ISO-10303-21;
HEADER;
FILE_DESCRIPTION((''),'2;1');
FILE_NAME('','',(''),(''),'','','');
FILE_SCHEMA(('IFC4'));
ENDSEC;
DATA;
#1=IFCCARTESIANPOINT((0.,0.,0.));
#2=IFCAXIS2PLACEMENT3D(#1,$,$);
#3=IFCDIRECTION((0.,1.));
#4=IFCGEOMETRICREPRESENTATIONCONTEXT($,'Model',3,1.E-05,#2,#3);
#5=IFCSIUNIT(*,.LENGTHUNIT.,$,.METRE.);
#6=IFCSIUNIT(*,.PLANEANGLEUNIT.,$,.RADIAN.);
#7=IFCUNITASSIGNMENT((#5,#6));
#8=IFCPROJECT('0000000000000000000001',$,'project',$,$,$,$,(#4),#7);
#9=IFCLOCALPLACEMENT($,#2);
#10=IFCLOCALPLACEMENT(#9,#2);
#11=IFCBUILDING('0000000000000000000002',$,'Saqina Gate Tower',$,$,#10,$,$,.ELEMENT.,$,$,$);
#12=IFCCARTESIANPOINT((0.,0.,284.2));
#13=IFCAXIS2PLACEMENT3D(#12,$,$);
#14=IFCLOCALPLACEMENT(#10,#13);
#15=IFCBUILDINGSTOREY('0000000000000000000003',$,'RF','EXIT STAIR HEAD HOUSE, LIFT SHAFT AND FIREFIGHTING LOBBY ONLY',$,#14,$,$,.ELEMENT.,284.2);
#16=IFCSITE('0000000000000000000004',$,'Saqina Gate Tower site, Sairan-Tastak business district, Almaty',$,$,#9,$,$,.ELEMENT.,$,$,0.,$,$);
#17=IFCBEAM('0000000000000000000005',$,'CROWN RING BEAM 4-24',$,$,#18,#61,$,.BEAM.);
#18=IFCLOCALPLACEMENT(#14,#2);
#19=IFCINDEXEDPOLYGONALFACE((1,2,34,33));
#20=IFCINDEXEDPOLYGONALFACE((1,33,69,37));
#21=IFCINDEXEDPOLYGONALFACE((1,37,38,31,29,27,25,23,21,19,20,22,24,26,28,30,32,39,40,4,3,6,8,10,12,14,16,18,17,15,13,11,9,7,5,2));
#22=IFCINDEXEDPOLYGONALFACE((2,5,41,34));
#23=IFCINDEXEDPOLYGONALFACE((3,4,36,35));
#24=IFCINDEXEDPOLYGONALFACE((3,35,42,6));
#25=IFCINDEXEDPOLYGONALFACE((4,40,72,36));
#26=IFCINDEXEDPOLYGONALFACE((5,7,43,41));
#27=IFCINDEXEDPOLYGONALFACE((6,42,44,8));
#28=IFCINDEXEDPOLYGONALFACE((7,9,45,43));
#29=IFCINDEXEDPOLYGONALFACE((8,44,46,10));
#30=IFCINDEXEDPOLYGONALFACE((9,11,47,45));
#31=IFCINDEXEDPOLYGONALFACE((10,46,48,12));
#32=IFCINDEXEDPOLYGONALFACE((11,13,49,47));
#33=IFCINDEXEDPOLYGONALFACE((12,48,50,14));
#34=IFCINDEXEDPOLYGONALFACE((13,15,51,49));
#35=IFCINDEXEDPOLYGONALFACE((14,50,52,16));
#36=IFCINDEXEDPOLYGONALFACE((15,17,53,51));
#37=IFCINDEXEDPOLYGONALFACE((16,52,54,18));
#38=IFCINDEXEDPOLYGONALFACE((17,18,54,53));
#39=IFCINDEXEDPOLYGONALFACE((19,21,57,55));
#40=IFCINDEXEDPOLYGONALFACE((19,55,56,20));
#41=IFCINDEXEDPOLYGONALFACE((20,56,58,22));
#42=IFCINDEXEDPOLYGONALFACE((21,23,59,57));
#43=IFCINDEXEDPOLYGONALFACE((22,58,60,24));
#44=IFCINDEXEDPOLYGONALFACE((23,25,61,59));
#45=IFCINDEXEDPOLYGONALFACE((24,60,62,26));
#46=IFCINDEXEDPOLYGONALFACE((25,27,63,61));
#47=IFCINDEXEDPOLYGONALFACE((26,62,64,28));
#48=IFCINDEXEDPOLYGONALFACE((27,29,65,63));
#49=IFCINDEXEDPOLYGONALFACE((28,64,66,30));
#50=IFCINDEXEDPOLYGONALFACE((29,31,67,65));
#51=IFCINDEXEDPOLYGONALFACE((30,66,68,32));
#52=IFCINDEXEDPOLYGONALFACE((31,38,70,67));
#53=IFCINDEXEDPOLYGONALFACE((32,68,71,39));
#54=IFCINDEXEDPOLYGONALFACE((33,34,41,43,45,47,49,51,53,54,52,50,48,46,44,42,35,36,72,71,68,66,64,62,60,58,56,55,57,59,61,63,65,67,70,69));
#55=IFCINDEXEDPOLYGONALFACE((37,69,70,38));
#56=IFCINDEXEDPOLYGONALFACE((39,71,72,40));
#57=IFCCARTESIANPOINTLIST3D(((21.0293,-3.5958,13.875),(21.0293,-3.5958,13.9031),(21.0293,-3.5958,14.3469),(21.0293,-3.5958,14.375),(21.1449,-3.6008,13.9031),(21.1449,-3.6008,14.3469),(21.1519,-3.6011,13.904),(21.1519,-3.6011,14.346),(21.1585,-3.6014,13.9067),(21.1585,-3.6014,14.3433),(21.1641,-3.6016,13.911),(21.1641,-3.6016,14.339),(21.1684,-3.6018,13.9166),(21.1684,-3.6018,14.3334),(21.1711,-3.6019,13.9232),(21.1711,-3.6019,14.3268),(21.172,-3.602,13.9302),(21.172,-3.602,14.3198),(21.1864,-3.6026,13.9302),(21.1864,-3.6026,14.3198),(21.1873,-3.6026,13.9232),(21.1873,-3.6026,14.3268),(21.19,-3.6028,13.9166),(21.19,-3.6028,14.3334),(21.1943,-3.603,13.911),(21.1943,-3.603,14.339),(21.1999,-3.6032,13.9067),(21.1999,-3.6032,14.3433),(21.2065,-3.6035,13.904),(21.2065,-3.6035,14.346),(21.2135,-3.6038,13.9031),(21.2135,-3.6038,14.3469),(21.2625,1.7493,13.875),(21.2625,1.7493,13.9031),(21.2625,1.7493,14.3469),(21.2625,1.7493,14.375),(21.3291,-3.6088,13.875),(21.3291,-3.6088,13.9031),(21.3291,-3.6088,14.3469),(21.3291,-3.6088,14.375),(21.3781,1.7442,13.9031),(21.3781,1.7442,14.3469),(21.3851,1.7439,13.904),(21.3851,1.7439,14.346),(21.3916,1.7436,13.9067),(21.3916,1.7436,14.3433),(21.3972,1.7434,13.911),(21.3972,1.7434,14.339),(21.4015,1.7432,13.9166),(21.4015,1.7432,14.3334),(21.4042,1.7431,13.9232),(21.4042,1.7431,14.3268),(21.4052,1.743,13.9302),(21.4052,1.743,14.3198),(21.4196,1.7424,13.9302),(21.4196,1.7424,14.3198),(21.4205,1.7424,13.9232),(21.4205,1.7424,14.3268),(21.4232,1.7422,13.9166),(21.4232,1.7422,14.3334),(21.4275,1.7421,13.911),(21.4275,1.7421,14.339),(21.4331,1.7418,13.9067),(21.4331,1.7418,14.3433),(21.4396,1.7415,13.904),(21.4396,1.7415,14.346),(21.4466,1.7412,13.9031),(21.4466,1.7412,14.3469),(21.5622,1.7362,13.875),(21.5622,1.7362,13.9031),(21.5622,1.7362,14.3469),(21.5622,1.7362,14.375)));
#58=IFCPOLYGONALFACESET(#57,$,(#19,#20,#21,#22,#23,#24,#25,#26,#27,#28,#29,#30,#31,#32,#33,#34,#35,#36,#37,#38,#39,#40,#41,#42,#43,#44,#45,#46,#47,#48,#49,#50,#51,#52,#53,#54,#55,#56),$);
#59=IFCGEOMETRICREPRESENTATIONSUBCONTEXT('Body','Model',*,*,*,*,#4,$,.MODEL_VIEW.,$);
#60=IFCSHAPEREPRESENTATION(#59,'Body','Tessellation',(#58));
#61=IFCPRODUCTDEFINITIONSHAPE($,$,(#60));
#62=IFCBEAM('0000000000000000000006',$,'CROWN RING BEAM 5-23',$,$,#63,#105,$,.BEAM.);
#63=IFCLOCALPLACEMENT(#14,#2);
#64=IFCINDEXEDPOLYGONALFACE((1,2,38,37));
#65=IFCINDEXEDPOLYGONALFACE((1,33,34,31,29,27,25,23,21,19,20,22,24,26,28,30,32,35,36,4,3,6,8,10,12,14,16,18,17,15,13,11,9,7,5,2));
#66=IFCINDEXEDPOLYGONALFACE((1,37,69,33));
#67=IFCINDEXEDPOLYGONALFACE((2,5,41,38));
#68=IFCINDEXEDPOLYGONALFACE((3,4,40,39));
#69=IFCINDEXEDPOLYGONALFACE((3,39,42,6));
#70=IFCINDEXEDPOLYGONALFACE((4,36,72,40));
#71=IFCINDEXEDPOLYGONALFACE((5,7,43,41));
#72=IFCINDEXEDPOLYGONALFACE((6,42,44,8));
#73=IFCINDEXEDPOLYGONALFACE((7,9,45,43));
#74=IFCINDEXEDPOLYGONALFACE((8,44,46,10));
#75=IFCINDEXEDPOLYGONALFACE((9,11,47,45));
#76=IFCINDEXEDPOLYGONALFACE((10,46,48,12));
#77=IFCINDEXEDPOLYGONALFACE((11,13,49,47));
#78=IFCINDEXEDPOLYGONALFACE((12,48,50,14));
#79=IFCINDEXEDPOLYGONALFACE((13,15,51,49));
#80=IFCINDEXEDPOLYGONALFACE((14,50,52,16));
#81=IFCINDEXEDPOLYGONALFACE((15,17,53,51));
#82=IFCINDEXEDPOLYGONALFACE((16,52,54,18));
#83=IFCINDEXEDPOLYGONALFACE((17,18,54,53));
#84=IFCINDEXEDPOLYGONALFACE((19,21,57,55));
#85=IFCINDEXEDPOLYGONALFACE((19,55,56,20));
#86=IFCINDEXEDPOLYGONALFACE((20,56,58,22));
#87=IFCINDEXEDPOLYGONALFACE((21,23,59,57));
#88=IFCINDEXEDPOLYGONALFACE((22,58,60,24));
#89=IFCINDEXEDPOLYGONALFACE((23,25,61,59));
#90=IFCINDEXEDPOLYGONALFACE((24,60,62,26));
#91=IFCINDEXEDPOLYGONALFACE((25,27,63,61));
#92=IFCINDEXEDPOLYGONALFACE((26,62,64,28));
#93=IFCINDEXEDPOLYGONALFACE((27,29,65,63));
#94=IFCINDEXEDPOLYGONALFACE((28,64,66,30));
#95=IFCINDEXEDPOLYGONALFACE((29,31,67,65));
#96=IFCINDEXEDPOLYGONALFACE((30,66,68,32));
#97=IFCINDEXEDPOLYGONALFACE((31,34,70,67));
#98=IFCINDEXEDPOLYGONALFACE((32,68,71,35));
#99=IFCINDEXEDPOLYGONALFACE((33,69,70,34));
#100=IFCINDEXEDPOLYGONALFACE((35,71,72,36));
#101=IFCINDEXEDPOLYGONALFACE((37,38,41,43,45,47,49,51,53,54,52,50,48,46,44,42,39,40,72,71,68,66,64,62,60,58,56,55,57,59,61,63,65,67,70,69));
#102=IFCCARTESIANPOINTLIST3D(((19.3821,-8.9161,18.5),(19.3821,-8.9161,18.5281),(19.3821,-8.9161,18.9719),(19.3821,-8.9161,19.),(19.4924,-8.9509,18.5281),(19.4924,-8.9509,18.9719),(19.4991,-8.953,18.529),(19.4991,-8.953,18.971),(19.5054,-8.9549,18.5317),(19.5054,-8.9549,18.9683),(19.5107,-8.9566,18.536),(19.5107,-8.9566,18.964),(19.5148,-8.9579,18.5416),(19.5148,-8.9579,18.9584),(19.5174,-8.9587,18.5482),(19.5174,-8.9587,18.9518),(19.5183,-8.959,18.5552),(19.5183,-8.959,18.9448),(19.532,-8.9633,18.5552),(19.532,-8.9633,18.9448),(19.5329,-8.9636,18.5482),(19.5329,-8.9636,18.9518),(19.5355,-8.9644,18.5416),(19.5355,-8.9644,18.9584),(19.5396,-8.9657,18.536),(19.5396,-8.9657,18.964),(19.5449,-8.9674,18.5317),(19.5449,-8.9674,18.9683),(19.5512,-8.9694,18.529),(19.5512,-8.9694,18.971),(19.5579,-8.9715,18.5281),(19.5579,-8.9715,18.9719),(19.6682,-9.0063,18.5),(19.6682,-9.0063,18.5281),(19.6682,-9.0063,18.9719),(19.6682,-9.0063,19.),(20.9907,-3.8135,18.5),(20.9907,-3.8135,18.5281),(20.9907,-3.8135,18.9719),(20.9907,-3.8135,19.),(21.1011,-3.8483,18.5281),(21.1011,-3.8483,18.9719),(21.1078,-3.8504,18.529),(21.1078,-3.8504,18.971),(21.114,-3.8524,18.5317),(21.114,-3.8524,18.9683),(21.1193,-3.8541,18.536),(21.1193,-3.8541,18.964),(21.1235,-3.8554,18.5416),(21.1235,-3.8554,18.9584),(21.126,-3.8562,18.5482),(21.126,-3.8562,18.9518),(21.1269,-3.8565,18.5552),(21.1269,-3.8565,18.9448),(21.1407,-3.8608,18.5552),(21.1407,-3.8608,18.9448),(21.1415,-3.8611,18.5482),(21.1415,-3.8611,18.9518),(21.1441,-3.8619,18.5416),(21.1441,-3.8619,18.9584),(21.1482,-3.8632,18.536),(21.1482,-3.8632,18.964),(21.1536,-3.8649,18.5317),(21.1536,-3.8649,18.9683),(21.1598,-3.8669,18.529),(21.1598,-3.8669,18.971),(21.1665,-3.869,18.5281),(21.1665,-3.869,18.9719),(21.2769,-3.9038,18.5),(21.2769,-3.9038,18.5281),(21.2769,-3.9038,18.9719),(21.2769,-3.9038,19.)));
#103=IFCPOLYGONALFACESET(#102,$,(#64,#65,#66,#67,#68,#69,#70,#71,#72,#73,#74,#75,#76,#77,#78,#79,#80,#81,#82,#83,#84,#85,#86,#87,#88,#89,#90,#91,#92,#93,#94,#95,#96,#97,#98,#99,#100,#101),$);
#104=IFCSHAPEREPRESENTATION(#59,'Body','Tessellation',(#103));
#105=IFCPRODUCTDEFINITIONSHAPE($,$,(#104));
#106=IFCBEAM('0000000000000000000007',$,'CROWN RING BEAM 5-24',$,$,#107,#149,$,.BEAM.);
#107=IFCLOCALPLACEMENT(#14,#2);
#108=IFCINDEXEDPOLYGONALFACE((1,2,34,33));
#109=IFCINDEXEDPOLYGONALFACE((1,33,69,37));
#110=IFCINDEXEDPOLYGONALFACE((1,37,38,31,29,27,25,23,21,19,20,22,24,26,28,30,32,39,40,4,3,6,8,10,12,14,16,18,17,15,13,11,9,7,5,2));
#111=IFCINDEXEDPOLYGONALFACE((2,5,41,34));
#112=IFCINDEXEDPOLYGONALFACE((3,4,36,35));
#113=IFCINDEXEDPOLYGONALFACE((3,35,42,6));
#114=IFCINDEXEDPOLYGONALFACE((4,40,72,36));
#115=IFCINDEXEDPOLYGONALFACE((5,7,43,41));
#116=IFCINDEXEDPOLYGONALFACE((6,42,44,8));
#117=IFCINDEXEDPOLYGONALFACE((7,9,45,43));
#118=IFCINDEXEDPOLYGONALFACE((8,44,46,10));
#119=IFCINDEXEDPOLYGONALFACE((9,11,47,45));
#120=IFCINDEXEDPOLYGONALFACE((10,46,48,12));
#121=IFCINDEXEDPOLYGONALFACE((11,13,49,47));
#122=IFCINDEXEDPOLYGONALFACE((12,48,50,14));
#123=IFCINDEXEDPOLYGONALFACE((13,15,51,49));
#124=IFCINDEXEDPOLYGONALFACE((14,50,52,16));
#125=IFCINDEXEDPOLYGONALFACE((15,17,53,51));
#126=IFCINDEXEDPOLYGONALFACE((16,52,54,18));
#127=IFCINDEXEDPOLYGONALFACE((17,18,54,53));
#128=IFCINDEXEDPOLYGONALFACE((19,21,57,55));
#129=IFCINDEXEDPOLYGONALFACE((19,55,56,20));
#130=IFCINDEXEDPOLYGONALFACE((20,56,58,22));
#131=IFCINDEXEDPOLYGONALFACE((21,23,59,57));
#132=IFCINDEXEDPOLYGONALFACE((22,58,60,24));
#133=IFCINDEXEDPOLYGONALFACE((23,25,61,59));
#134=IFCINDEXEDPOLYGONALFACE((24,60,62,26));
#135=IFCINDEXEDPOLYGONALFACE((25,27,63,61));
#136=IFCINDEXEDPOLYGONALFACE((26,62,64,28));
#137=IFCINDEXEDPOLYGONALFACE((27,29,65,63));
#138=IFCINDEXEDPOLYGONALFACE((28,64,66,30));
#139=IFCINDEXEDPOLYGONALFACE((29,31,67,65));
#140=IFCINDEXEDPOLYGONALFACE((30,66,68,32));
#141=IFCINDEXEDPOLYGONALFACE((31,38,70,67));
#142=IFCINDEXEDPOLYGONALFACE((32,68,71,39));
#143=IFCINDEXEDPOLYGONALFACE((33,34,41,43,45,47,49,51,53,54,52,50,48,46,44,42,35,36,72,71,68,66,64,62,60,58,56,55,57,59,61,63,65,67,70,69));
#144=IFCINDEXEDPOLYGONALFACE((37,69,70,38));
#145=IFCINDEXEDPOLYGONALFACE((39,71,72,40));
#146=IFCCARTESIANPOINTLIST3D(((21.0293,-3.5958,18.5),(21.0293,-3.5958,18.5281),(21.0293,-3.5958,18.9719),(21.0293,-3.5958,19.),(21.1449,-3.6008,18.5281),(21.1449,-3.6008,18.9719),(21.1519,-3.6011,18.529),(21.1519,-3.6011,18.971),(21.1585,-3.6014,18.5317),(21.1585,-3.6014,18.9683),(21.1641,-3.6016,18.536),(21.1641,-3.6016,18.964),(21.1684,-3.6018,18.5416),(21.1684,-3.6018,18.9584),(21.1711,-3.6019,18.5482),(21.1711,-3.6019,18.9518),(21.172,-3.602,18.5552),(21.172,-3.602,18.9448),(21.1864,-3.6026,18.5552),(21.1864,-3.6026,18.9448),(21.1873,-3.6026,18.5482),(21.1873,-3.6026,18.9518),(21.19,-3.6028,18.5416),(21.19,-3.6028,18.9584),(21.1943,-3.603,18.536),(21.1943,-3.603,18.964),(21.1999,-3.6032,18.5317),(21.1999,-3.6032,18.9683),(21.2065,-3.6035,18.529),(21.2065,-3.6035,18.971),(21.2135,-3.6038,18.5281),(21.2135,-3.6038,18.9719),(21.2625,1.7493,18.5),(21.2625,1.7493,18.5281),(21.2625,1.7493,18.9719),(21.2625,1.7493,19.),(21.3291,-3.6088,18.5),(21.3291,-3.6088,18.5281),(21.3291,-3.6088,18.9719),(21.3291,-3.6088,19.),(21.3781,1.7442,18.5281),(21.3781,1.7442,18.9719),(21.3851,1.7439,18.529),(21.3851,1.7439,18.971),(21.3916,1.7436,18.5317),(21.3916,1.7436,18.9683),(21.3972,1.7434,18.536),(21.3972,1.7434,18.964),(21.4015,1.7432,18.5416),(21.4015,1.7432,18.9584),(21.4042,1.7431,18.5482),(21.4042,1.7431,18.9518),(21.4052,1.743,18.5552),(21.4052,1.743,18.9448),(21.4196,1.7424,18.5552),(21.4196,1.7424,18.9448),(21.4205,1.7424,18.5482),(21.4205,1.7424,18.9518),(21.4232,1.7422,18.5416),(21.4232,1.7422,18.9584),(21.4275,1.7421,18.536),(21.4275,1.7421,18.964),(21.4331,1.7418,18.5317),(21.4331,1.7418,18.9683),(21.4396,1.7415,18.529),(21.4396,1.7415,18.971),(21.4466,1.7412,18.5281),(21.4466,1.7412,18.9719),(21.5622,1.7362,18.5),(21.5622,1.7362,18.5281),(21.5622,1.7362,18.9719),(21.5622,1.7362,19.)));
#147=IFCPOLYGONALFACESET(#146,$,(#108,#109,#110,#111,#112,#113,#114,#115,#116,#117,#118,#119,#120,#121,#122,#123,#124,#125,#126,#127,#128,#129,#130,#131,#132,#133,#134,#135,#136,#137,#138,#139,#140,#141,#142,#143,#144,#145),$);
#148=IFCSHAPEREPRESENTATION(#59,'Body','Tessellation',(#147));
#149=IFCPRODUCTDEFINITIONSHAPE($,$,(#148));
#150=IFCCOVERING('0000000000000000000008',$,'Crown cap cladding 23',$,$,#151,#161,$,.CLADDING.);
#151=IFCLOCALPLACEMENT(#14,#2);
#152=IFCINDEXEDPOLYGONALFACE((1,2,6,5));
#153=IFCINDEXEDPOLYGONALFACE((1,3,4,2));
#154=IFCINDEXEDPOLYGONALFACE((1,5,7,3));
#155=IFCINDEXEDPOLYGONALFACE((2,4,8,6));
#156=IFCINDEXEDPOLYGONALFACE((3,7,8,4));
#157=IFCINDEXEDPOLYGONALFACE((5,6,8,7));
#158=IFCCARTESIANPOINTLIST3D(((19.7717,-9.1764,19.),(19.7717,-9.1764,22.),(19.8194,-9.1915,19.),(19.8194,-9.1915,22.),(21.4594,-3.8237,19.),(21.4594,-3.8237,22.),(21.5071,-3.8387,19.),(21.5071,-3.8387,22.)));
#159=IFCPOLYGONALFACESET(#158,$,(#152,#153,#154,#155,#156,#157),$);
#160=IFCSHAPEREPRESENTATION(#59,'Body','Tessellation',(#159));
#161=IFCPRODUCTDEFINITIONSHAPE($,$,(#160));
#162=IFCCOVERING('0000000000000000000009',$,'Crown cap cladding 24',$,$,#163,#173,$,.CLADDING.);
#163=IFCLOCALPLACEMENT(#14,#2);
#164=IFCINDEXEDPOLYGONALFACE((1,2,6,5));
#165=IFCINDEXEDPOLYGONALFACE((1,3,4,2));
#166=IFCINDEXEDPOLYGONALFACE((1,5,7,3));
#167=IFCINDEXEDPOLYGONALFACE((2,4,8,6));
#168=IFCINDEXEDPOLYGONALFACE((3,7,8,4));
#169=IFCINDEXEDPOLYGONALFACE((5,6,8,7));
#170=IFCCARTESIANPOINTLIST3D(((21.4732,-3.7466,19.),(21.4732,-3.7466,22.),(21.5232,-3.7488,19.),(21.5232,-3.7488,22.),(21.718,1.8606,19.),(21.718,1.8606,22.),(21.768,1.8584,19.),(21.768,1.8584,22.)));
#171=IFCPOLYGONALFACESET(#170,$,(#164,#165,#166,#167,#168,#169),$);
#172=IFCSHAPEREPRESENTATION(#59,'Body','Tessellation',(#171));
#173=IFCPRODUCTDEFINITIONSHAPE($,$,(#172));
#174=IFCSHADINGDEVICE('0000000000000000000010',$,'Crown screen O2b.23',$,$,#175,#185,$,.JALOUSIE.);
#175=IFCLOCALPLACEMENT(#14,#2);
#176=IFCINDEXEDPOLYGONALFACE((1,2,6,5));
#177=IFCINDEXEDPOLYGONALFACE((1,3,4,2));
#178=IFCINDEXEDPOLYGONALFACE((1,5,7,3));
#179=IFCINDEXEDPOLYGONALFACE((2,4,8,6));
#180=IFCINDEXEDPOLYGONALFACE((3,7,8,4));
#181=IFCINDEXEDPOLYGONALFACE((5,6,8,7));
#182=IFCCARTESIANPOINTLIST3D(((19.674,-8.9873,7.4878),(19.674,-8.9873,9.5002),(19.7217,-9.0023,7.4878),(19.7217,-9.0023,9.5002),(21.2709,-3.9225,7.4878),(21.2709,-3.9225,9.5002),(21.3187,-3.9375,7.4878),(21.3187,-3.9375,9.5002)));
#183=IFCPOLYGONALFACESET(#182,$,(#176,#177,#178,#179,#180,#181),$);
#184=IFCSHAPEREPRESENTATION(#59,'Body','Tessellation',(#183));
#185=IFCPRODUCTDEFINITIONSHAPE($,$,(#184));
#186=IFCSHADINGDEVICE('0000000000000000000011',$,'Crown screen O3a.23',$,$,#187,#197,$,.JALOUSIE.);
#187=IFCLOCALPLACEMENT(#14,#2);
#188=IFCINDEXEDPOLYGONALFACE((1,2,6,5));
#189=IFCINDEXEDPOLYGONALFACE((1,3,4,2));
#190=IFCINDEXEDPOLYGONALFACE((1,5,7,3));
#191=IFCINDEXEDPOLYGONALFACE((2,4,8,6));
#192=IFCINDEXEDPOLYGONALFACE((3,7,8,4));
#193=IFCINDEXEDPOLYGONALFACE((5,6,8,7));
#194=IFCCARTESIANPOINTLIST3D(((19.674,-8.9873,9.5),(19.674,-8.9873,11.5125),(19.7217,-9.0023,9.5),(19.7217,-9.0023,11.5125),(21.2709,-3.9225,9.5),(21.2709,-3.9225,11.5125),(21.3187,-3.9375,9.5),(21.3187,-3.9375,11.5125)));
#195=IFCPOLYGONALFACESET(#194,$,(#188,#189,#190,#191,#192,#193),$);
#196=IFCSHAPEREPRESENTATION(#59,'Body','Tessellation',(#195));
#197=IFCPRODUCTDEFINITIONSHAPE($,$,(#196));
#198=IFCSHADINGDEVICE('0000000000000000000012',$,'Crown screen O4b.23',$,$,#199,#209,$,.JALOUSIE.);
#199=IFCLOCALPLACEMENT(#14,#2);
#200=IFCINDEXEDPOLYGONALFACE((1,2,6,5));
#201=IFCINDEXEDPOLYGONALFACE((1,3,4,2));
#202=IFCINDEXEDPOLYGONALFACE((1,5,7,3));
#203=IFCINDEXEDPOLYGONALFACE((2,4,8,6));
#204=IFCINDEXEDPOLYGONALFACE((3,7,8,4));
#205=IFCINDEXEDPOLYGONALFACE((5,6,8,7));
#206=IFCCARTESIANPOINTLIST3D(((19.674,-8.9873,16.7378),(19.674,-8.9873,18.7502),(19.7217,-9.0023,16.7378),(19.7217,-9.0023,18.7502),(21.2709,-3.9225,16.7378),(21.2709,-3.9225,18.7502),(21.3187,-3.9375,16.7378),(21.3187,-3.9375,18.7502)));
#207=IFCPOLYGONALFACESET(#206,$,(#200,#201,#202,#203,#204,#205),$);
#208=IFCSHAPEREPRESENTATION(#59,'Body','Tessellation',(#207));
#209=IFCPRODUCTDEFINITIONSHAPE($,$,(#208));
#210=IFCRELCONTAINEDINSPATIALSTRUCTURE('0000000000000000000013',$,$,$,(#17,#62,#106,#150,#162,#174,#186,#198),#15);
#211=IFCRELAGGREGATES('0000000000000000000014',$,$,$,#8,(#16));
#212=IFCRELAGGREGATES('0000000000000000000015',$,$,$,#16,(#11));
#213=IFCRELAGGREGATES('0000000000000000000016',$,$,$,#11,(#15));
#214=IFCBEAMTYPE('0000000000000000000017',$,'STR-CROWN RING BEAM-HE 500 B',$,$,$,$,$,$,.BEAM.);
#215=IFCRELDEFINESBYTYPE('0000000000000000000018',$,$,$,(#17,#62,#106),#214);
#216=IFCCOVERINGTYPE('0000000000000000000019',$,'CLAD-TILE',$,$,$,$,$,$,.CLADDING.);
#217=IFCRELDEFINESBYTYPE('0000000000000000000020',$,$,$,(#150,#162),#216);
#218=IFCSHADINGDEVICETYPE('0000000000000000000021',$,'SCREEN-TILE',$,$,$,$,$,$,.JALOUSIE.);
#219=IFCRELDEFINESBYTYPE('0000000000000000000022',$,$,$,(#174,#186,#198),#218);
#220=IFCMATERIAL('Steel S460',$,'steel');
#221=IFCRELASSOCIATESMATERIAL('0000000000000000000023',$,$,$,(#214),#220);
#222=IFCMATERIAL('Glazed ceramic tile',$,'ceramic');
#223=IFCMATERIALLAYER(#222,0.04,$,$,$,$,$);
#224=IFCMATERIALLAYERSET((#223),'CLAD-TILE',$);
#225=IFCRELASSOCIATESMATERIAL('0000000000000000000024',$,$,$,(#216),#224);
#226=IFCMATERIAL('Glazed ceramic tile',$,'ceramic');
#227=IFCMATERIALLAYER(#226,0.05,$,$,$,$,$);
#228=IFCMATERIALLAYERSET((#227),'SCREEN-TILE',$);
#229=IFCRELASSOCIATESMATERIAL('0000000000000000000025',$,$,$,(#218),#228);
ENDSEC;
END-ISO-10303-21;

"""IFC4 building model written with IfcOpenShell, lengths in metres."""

from ifc_helpers import new_model, si_unit, direction, frame, origin, origin_2d, place, context, subcontext, project, spatial, rectangle, i_section, extrude, material, layer, layer_set, material_profile, profile_set, type_object, element, save


model = new_model("IFC4")

# Units and contexts
model_context = context("Model", 3, precision=1e-05, world=origin(), true_north=direction((0.0, 1.0)))
body_context = subcontext(model_context, "Body", "Model", "MODEL_VIEW")
ifc_project = project(units=[si_unit("LENGTHUNIT", "METRE"), si_unit("PLANEANGLEUNIT", "RADIAN")], contexts=[model_context])

# Site, building, storey
site_placement = place(None, origin())
site = spatial("IfcSite", under=ifc_project, at=site_placement, Name="Saqina Gate Tower site, Sairan-Tastak business district, Almaty", CompositionType="ELEMENT", RefElevation=0.0)
building_placement = place(site_placement, origin())
building = spatial("IfcBuilding", under=site, at=building_placement, Name="Saqina Gate Tower", CompositionType="ELEMENT")
storey_placement = place(building_placement, frame((0.0, 0.0, 284.2)))
storey = spatial("IfcBuildingStorey", under=building, at=storey_placement, Name="RF", Description="EXIT STAIR HEAD HOUSE, LIFT SHAFT AND FIREFIGHTING LOBBY ONLY", CompositionType="ELEMENT", Elevation=284.2)

# Beams
ifc_material_1 = material(Name="Steel S460", Category="steel")
ifc_material_profile_1 = material_profile(ifc_material_1, i_section(OverallWidth=0.3, OverallDepth=0.5, WebThickness=0.0144, FlangeThickness=0.0281, FilletRadius=0.0271, at=origin_2d()), Name="HE 500 B")
ifc_profile_set_1 = profile_set([ifc_material_profile_1], Name="Steel S460")
beam_type_1 = type_object("IfcBeamType", Name="STR-CROWN RING BEAM-HE 500 B", PredefinedType="BEAM", material=ifc_profile_set_1)
for number, where, z_axis, x_axis, name in (
    (1, (21.1792, -3.6023, 14.125), (0.04358, 0.99905, 0.0), (-0.99905, 0.04358, 0.0), "CROWN RING BEAM 4-24"),
    (2, (19.5251, -8.9612, 18.75), (0.300675, 0.953727, 0.0), (-0.953727, 0.300675, 0.0), "CROWN RING BEAM 5-23"),
    (3, (21.1792, -3.6023, 18.75), (0.04358, 0.99905, 0.0), (-0.99905, 0.04358, 0.0), "CROWN RING BEAM 5-24"),
):
    element("IfcBeam", number, at=place(storey_placement, frame(where, z_axis=z_axis, x_axis=x_axis)), inside=storey, type_object=beam_type_1, Name=name, PredefinedType="BEAM", context=body_context, shape_type="SweptSolid", body=[
        extrude(i_section(OverallWidth=0.3, OverallDepth=0.5, WebThickness=0.0144, FlangeThickness=0.0281, FilletRadius=0.0271, at=origin_2d()), origin(), (0.0, 0.0, 1.0), 5.3501),
    ])

# Coverings
ifc_material_2 = material(Name="Glazed ceramic tile", Category="ceramic")
ifc_layer_1 = layer(ifc_material_2, 0.04)
ifc_layer_set_1 = layer_set([ifc_layer_1], Name="CLAD-TILE")
covering_type = type_object("IfcCoveringType", Name="CLAD-TILE", PredefinedType="CLADDING", material=ifc_layer_set_1)
for number, where, z_axis, x_axis, name in (
    (4, (20.6394, -6.5076, 19.0), (0.0, 0.0, 1.0), (0.300706, 0.953717, 0.0), "Crown cap cladding 23"),
    (5, (21.6206, -0.9441, 19.0), (0.0, 0.0, 1.0), (0.043619, 0.999048, 0.0), "Crown cap cladding 24"),
):
    element("IfcCovering", number, at=place(storey_placement, frame(where, z_axis=z_axis, x_axis=x_axis)), inside=storey, type_object=covering_type, Name=name, PredefinedType="CLADDING", context=body_context, shape_type="SweptSolid", body=[
        extrude(rectangle(XDim=5.6125, YDim=0.05, at=origin_2d()), origin(), (0.0, 0.0, 1.0), 3.0),
    ])

# Shading devices
ifc_material_3 = material(Name="Glazed ceramic tile", Category="ceramic")
ifc_layer_2 = layer(ifc_material_3, 0.05)
ifc_layer_set_2 = layer_set([ifc_layer_2], Name="SCREEN-TILE")
shading_device_type_1 = type_object("IfcShadingDeviceType", Name="SCREEN-TILE", PredefinedType="JALOUSIE", material=ifc_layer_set_2)
for number, where, z_axis, x_axis, name in (
    (6, (20.4963, -6.4624, 7.4878), (0.0, 0.0, 1.0), (0.300706, 0.953717, 0.0), "Crown screen O2b.23"),
    (7, (20.4963, -6.4624, 9.5), (0.0, 0.0, 1.0), (0.300706, 0.953717, 0.0), "Crown screen O3a.23"),
    (8, (20.4963, -6.4624, 16.7378), (0.0, 0.0, 1.0), (0.300706, 0.953717, 0.0), "Crown screen O4b.23"),
):
    element("IfcShadingDevice", number, at=place(storey_placement, frame(where, z_axis=z_axis, x_axis=x_axis)), inside=storey, type_object=shading_device_type_1, Name=name, PredefinedType="JALOUSIE", context=body_context, shape_type="SweptSolid", body=[
        extrude(rectangle(XDim=5.3105, YDim=0.05, at=origin_2d()), origin(), (0.0, 0.0, 1.0), 2.0125),
    ])

save(model, "model.ifc")
